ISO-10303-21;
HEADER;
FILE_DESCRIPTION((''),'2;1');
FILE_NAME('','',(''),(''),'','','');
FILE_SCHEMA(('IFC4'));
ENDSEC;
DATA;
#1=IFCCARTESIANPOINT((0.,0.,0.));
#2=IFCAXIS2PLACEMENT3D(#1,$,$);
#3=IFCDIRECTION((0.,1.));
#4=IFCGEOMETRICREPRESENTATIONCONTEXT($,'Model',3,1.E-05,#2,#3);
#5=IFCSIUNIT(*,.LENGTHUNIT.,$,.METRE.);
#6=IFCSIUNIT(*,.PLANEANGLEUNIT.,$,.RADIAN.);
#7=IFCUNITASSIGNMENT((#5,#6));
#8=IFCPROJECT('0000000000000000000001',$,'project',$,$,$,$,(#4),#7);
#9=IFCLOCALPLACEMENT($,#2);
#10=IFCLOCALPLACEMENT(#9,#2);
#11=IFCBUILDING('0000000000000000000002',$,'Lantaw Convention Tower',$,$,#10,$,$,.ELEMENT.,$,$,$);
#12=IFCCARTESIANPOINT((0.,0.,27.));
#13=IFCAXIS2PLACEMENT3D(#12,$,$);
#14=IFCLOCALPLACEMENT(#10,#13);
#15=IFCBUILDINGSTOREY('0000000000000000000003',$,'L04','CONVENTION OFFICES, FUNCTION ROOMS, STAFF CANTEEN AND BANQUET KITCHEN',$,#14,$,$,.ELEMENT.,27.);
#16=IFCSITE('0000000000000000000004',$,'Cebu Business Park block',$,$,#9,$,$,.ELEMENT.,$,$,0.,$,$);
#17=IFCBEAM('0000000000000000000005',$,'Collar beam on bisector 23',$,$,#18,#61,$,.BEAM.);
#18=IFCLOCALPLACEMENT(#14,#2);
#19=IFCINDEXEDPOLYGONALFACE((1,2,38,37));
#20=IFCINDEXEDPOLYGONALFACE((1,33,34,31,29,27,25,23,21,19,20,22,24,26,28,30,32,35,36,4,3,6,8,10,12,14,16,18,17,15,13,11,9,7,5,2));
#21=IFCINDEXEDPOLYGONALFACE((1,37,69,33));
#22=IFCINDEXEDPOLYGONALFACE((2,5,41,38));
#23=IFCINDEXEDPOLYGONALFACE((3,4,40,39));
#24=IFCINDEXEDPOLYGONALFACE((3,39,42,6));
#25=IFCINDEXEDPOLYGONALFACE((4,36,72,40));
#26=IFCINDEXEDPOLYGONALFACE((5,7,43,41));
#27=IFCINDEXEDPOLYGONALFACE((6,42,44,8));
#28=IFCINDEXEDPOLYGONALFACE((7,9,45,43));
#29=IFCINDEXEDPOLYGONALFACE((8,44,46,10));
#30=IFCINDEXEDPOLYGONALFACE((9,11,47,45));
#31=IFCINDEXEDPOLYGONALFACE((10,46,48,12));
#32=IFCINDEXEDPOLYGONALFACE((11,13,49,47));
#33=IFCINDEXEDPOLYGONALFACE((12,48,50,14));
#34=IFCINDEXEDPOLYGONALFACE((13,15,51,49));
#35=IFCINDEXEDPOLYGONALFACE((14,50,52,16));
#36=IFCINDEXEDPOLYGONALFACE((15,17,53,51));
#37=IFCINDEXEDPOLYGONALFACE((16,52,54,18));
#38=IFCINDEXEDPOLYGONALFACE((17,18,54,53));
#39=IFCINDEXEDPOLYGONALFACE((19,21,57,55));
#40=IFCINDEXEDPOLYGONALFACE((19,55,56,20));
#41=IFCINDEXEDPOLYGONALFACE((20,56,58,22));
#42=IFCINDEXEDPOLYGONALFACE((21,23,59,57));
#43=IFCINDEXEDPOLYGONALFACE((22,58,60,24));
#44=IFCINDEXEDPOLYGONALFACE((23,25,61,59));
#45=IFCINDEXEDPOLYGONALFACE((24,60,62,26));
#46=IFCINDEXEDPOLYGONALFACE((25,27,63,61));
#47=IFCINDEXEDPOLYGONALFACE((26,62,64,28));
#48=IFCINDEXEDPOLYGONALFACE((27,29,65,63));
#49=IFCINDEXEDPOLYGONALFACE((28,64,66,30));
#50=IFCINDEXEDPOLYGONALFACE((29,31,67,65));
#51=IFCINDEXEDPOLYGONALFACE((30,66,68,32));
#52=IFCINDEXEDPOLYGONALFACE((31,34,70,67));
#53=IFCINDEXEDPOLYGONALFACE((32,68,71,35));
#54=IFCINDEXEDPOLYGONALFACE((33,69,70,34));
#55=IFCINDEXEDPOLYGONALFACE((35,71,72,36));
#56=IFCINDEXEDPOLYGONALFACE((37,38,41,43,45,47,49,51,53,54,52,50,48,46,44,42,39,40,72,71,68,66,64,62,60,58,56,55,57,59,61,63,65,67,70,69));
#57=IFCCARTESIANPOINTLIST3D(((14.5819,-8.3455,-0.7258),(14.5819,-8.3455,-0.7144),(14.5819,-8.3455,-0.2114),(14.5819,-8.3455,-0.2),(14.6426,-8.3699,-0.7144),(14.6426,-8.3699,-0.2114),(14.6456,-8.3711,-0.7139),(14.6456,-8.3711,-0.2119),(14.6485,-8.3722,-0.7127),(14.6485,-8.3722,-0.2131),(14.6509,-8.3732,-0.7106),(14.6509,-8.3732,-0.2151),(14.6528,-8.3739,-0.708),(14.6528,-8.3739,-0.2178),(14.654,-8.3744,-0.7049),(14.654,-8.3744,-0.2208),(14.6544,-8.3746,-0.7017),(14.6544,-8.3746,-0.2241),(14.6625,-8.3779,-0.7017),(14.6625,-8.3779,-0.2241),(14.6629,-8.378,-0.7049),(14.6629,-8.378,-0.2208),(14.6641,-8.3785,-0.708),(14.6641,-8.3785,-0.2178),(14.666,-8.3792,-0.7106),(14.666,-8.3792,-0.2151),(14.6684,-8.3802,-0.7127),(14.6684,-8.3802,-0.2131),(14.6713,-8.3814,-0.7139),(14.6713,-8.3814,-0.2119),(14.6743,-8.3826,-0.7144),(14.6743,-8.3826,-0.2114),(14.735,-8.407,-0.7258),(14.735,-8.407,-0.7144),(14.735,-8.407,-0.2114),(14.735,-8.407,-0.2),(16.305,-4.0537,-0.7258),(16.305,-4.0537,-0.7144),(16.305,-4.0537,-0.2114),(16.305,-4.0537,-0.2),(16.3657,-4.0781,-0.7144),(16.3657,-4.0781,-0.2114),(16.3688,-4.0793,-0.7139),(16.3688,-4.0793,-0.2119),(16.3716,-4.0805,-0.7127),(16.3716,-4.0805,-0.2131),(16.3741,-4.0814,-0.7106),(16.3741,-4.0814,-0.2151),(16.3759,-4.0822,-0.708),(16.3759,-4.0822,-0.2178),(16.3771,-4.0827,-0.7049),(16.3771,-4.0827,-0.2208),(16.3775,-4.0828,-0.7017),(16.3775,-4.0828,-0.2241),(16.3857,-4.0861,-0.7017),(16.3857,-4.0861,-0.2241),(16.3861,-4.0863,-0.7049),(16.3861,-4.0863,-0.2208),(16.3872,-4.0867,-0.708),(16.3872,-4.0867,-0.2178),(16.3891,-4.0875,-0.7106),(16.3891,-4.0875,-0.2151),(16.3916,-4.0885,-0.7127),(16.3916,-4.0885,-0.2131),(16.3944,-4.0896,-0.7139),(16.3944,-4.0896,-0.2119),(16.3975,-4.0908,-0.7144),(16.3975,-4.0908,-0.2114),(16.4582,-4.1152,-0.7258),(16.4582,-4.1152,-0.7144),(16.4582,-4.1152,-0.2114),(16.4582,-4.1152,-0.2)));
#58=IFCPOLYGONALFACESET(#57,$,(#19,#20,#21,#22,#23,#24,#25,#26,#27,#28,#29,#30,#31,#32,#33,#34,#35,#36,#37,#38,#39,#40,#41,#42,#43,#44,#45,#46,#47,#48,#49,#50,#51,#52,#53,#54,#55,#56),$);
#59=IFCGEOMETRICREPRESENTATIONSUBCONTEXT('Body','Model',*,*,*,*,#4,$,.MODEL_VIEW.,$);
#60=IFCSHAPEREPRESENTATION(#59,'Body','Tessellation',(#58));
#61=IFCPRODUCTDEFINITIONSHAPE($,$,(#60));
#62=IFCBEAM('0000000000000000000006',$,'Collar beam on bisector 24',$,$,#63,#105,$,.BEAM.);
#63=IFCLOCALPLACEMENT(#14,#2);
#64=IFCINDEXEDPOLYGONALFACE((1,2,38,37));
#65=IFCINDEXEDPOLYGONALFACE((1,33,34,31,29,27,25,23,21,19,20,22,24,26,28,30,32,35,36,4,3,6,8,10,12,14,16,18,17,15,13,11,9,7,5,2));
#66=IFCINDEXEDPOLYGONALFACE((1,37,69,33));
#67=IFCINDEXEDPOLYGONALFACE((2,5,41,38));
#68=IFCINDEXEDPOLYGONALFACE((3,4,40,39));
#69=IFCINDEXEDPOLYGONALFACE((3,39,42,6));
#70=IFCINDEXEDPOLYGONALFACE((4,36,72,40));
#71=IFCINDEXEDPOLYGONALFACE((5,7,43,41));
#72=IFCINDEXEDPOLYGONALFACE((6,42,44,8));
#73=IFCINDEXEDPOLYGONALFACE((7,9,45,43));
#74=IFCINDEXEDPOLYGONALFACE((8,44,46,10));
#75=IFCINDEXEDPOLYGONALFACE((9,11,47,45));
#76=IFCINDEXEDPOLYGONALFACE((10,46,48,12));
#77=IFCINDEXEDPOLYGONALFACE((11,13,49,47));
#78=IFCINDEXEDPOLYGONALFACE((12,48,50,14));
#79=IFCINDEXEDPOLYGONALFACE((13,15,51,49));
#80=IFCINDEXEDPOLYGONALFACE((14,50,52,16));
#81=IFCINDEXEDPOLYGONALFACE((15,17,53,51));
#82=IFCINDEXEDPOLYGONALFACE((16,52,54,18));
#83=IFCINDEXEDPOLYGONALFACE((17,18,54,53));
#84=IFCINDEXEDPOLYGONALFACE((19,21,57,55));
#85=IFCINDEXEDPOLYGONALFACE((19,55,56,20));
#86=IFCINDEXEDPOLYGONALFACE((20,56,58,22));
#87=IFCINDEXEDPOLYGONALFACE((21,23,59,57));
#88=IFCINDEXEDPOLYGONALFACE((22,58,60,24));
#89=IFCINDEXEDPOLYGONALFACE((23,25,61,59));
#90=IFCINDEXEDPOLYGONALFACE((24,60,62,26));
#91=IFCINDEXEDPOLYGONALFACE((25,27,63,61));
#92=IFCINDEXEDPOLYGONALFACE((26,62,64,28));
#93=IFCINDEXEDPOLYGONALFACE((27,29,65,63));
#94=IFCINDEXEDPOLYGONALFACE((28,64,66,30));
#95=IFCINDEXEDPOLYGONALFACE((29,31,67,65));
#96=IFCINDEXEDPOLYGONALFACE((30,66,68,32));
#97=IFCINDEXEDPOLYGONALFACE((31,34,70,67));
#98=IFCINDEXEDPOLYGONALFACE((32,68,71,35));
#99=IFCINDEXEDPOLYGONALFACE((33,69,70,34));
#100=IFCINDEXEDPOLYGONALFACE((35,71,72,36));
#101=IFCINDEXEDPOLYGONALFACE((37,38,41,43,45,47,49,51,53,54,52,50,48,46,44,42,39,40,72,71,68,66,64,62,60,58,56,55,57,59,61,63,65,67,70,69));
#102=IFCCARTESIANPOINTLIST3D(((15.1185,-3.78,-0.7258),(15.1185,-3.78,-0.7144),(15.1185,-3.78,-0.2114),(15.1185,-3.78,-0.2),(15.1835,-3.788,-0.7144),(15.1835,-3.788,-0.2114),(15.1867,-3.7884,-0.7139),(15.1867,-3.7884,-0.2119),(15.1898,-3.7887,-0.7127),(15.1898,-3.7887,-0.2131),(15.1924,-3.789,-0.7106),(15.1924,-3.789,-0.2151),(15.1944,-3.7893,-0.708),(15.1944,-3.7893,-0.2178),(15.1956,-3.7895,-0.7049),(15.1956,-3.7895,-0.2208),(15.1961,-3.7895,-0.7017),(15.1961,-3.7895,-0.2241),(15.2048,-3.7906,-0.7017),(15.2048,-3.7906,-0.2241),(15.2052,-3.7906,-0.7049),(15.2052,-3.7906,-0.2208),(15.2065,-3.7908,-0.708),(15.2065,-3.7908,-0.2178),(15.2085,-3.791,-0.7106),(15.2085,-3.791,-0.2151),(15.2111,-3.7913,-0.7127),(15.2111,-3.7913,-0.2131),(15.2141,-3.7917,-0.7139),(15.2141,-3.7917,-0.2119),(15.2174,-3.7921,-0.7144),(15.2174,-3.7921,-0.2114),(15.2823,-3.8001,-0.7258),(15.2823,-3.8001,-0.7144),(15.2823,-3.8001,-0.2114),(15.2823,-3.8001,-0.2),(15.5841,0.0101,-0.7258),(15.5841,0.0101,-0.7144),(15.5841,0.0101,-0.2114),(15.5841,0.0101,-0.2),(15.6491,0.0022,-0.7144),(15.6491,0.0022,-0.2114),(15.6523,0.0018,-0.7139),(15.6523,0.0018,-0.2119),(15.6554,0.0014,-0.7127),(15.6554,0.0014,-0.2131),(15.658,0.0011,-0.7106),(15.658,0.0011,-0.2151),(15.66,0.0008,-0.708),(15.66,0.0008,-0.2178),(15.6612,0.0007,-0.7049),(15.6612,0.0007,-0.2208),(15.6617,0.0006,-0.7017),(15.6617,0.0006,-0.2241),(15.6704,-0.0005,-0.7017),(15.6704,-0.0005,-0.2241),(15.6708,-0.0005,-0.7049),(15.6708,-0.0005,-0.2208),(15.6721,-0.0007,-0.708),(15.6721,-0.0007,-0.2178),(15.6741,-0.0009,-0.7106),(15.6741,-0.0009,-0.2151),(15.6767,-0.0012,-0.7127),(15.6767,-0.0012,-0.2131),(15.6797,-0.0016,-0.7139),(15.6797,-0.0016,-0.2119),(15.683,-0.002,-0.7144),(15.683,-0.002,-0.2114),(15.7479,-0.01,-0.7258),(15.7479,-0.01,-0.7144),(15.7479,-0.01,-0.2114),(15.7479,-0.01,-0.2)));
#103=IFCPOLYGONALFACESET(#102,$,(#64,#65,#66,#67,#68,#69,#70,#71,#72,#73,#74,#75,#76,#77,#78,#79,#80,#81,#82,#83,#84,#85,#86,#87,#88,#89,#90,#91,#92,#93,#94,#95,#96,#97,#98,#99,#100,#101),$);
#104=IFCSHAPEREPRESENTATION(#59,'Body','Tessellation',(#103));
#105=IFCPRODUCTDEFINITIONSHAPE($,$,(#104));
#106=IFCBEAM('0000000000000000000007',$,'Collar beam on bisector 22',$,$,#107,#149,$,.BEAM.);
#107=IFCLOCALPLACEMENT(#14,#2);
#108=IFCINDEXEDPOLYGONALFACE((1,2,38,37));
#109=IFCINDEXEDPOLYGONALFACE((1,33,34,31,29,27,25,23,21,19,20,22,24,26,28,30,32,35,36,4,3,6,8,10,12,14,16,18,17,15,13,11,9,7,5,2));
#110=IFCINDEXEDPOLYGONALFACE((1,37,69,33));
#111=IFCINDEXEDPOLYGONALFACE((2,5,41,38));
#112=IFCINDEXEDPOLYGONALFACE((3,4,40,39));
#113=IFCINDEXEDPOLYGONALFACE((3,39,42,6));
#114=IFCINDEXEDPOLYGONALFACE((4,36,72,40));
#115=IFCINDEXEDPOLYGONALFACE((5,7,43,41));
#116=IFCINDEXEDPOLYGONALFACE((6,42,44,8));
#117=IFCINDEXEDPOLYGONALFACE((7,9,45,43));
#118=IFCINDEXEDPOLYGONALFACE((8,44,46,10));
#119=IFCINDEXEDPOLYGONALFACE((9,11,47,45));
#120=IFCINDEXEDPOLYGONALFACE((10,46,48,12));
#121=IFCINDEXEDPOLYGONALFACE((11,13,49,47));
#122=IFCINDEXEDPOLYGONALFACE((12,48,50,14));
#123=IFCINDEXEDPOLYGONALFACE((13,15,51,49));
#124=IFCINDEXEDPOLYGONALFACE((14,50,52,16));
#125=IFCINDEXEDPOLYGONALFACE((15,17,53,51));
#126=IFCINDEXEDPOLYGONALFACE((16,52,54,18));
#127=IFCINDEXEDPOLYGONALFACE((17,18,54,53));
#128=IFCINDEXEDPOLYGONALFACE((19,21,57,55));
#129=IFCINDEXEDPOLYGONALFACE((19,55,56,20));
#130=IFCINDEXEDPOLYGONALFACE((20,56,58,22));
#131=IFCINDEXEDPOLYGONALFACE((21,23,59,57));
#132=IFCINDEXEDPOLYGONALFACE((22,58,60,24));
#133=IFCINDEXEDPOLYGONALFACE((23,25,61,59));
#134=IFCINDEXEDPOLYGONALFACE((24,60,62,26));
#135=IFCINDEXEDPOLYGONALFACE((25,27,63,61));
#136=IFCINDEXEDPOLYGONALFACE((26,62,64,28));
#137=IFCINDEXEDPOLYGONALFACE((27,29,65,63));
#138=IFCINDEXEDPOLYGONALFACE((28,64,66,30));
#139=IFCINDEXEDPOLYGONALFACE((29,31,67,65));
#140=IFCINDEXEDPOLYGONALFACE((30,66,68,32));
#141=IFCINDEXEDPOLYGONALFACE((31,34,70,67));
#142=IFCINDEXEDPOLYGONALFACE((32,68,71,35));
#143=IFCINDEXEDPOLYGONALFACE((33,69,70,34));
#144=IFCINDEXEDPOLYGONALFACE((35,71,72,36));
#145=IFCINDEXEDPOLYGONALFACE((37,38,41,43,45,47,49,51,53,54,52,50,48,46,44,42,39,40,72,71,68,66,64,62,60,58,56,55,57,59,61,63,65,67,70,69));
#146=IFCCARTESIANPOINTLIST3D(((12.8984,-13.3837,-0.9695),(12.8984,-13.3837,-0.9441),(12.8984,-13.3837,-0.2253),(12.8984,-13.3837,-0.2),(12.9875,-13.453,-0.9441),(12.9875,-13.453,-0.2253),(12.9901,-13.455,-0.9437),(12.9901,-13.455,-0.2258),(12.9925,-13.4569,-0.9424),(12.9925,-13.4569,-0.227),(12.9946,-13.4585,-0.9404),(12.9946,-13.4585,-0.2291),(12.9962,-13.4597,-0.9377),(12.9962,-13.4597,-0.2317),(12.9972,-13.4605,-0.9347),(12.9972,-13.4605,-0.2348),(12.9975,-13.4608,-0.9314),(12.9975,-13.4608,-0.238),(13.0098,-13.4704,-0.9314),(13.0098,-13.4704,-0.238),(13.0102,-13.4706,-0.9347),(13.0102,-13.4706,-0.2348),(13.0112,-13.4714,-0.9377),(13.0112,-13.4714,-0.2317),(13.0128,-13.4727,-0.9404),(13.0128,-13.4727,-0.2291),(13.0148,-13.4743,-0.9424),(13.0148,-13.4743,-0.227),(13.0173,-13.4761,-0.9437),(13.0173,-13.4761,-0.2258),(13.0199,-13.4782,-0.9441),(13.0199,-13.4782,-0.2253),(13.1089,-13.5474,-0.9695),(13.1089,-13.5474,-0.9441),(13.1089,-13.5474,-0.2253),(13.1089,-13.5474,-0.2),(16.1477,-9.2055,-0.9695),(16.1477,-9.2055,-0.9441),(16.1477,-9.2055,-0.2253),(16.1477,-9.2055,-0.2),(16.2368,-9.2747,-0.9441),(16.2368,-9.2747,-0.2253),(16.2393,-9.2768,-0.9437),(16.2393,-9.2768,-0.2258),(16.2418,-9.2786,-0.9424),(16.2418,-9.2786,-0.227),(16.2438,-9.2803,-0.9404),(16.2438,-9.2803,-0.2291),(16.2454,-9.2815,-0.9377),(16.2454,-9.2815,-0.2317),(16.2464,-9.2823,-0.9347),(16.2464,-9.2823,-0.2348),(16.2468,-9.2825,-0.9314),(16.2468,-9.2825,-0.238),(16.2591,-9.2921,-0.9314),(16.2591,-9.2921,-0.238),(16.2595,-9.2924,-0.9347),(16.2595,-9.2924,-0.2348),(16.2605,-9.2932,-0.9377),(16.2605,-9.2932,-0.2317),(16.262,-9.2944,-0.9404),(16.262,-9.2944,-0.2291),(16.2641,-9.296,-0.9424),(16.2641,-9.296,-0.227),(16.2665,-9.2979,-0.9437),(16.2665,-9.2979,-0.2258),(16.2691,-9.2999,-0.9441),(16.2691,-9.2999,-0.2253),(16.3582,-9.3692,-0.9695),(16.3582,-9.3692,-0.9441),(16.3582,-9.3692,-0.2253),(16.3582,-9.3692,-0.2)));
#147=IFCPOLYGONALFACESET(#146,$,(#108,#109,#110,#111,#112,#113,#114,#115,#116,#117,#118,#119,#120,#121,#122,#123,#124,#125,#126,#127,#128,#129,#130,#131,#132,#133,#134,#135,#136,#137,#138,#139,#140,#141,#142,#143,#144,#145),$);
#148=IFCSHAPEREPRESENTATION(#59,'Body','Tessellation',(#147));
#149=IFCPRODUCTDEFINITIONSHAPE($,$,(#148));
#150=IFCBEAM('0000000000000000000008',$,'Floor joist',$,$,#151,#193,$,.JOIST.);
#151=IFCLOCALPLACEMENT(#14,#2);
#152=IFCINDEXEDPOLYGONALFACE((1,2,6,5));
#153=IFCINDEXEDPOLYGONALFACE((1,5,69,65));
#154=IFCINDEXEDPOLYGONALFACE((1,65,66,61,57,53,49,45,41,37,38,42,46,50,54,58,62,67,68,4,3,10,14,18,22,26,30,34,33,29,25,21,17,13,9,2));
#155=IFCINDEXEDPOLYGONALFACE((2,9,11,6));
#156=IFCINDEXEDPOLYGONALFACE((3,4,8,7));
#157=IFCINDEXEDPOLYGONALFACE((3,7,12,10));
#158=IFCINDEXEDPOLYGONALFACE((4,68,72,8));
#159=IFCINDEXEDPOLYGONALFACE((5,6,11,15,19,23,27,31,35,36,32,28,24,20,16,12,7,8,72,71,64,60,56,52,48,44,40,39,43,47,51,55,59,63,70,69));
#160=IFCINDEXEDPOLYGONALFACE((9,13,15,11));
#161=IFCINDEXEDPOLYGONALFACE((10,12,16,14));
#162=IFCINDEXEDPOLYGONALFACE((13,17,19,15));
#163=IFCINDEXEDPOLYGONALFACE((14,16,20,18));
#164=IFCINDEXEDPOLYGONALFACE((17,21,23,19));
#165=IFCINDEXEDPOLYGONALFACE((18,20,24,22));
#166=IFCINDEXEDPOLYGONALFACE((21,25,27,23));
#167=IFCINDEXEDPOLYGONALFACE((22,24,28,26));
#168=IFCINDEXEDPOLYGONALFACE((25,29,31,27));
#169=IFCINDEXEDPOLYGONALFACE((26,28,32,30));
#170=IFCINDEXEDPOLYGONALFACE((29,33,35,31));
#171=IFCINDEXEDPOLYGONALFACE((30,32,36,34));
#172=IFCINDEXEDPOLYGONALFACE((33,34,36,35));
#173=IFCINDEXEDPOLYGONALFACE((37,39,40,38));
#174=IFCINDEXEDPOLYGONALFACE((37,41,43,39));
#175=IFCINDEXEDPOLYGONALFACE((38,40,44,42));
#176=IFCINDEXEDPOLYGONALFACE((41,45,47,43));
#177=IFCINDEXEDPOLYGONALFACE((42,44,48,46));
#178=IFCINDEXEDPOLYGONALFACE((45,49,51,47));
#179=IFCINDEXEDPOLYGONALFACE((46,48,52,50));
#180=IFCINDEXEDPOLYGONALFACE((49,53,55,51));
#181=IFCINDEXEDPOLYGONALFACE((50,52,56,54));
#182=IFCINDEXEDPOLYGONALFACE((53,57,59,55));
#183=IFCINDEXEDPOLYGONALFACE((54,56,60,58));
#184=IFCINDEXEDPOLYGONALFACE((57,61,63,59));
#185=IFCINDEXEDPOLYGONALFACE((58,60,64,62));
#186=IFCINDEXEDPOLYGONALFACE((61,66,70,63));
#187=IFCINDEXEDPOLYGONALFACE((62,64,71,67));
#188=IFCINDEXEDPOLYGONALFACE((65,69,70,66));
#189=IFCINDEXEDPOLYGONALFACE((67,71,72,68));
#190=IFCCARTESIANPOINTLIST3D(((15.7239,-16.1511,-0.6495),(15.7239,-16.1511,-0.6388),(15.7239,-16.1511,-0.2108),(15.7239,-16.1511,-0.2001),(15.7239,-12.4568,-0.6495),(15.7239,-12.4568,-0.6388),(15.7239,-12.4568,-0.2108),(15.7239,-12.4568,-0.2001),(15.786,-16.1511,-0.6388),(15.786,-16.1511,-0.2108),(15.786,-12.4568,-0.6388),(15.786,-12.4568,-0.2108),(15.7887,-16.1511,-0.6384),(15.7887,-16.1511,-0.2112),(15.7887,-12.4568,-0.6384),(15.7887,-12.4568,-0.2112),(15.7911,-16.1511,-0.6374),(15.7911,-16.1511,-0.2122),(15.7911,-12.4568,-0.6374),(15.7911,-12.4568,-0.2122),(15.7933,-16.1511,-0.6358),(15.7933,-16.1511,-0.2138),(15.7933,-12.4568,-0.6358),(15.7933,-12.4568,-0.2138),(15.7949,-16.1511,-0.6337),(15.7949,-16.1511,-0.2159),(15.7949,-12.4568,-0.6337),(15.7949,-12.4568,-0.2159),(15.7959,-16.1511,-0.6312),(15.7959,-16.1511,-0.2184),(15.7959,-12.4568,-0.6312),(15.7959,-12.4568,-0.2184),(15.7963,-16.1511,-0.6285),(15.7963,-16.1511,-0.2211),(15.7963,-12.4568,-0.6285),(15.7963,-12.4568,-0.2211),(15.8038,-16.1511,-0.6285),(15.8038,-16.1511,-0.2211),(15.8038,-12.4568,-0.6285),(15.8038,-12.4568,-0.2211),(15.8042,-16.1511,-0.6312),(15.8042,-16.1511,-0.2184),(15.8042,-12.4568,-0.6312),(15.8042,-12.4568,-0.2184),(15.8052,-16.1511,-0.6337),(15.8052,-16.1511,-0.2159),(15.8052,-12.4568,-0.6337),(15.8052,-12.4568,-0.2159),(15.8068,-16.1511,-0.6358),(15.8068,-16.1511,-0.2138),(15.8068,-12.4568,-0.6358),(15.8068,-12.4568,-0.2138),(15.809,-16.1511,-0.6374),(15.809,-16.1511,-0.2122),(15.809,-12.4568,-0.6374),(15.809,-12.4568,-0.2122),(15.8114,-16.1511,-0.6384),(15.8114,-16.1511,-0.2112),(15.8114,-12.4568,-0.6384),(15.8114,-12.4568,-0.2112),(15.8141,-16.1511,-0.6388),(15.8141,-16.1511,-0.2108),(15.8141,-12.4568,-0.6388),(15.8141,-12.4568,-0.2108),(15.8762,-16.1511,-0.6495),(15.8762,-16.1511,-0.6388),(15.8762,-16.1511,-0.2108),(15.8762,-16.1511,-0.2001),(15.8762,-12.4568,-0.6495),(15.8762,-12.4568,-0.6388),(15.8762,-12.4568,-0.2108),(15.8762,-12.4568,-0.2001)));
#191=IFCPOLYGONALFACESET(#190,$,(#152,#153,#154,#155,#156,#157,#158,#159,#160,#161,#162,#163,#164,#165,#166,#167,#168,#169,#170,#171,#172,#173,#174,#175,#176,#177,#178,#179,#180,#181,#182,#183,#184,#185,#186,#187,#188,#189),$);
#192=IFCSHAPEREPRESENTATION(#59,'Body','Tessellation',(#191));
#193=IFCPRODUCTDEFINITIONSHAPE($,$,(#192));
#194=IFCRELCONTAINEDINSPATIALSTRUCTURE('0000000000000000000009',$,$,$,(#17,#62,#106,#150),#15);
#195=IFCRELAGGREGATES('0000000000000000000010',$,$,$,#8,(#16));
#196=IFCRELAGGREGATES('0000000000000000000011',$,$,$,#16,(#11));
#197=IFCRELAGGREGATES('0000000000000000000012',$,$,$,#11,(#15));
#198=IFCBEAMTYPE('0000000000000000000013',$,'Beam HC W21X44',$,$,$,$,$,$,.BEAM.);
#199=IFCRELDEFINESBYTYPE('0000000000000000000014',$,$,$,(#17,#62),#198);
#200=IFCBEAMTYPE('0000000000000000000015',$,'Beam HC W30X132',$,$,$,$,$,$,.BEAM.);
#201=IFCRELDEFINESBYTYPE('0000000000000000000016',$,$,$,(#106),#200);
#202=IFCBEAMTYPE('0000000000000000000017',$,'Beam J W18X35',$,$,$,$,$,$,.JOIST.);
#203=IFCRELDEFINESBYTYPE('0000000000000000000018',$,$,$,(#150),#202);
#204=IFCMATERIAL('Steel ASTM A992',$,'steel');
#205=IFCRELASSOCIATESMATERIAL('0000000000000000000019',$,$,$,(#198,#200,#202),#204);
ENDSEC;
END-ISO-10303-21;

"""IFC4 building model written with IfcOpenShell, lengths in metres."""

from ifc_helpers import new_model, si_unit, direction, frame, origin, origin_2d, place, context, subcontext, project, spatial, i_section, extrude, material, material_profile, profile_set, type_object, element, save


model = new_model("IFC4")

# Units and contexts
model_context = context("Model", 3, precision=1e-05, world=origin(), true_north=direction((0.0, 1.0)))
body_context = subcontext(model_context, "Body", "Model", "MODEL_VIEW")
ifc_project = project(units=[si_unit("LENGTHUNIT", "METRE"), si_unit("PLANEANGLEUNIT", "RADIAN")], contexts=[model_context])

# Site, building, storey
site_placement = place(None, origin())
site = spatial("IfcSite", under=ifc_project, at=site_placement, Name="Cebu Business Park block", CompositionType="ELEMENT", RefElevation=0.0)
building_placement = place(site_placement, origin())
building = spatial("IfcBuilding", under=site, at=building_placement, Name="Lantaw Convention Tower", CompositionType="ELEMENT")
storey_placement = place(building_placement, frame((0.0, 0.0, 27.0)))
storey = spatial("IfcBuildingStorey", under=building, at=storey_placement, Name="L04", Description="CONVENTION OFFICES, FUNCTION ROOMS, STAFF CANTEEN AND BANQUET KITCHEN", CompositionType="ELEMENT", Elevation=27.0)

# Beams
ifc_material_1 = material(Name="Steel ASTM A992", Category="steel")
ifc_material_profile_1 = material_profile(ifc_material_1, i_section(OverallWidth=0.165, OverallDepth=0.5259, WebThickness=0.0088, FlangeThickness=0.0115, FilletRadius=0.0127, at=origin_2d()), Name="W21X44")
ifc_profile_set_1 = profile_set([ifc_material_profile_1], Name="Steel ASTM A992")
beam_type_1 = type_object("IfcBeamType", Name="Beam HC W21X44", PredefinedType="BEAM", material=ifc_profile_set_1)
beam_1_placement = place(storey_placement, frame((14.6584, -8.3762, -0.4629), z_axis=(0.372592, 0.927995, 0.0), x_axis=(-0.927995, 0.372592, 0.0)))
element("IfcBeam", 1, at=beam_1_placement, inside=storey, type_object=beam_type_1, Name="Collar beam on bisector 23", PredefinedType="BEAM", context=body_context, shape_type="SweptSolid", body=[
    extrude(i_section(OverallWidth=0.165, OverallDepth=0.5259, WebThickness=0.0088, FlangeThickness=0.0115, FilletRadius=0.0127, at=origin_2d()), origin(), (0.0, 0.0, 1.0), 4.6248),
])
beam_2_placement = place(storey_placement, frame((15.2004, -3.79, -0.4629), z_axis=(0.121926, 0.992539, 0.0), x_axis=(-0.992539, 0.121926, 0.0)))
element("IfcBeam", 2, at=beam_2_placement, inside=storey, type_object=beam_type_1, Name="Collar beam on bisector 24", PredefinedType="BEAM", context=body_context, shape_type="SweptSolid", body=[
    extrude(i_section(OverallWidth=0.165, OverallDepth=0.5259, WebThickness=0.0088, FlangeThickness=0.0115, FilletRadius=0.0127, at=origin_2d()), origin(), (0.0, 0.0, 1.0), 3.8186),
])
ifc_material_profile_2 = material_profile(ifc_material_1, i_section(OverallWidth=0.2666, OverallDepth=0.7695, WebThickness=0.0156, FlangeThickness=0.0254, FilletRadius=0.0127, at=origin_2d()), Name="W30X132")
ifc_profile_set_2 = profile_set([ifc_material_profile_2], Name="Steel ASTM A992")
beam_type_2 = type_object("IfcBeamType", Name="Beam HC W30X132", PredefinedType="BEAM", material=ifc_profile_set_2)
beam_3_placement = place(storey_placement, frame((13.0037, -13.4656, -0.5847), z_axis=(0.613886, 0.789394, 0.0), x_axis=(-0.789394, 0.613886, 0.0)))
element("IfcBeam", 3, at=beam_3_placement, inside=storey, type_object=beam_type_2, Name="Collar beam on bisector 22", PredefinedType="BEAM", context=body_context, shape_type="SweptSolid", body=[
    extrude(i_section(OverallWidth=0.2666, OverallDepth=0.7695, WebThickness=0.0156, FlangeThickness=0.0254, FilletRadius=0.0127, at=origin_2d()), origin(), (0.0, 0.0, 1.0), 5.293),
])
ifc_material_profile_3 = material_profile(ifc_material_1, i_section(OverallWidth=0.1523, OverallDepth=0.4495, WebThickness=0.0076, FlangeThickness=0.0107, FilletRadius=0.0103, at=origin_2d()), Name="W18X35")
ifc_profile_set_3 = profile_set([ifc_material_profile_3], Name="Steel ASTM A992")
beam_type_3 = type_object("IfcBeamType", Name="Beam J W18X35", PredefinedType="JOIST", material=ifc_profile_set_3)
beam_4_placement = place(storey_placement, frame((15.8, -16.1511, -0.4248), z_axis=(0.0, 1.0, 0.0), x_axis=(-1.0, 0.0, 0.0)))
element("IfcBeam", 4, at=beam_4_placement, inside=storey, type_object=beam_type_3, Name="Floor joist", PredefinedType="JOIST", context=body_context, shape_type="SweptSolid", body=[
    extrude(i_section(OverallWidth=0.1523, OverallDepth=0.4495, WebThickness=0.0076, FlangeThickness=0.0107, FilletRadius=0.0103, at=origin_2d()), origin(), (0.0, 0.0, 1.0), 3.6943),
])

save(model, "model.ifc")
